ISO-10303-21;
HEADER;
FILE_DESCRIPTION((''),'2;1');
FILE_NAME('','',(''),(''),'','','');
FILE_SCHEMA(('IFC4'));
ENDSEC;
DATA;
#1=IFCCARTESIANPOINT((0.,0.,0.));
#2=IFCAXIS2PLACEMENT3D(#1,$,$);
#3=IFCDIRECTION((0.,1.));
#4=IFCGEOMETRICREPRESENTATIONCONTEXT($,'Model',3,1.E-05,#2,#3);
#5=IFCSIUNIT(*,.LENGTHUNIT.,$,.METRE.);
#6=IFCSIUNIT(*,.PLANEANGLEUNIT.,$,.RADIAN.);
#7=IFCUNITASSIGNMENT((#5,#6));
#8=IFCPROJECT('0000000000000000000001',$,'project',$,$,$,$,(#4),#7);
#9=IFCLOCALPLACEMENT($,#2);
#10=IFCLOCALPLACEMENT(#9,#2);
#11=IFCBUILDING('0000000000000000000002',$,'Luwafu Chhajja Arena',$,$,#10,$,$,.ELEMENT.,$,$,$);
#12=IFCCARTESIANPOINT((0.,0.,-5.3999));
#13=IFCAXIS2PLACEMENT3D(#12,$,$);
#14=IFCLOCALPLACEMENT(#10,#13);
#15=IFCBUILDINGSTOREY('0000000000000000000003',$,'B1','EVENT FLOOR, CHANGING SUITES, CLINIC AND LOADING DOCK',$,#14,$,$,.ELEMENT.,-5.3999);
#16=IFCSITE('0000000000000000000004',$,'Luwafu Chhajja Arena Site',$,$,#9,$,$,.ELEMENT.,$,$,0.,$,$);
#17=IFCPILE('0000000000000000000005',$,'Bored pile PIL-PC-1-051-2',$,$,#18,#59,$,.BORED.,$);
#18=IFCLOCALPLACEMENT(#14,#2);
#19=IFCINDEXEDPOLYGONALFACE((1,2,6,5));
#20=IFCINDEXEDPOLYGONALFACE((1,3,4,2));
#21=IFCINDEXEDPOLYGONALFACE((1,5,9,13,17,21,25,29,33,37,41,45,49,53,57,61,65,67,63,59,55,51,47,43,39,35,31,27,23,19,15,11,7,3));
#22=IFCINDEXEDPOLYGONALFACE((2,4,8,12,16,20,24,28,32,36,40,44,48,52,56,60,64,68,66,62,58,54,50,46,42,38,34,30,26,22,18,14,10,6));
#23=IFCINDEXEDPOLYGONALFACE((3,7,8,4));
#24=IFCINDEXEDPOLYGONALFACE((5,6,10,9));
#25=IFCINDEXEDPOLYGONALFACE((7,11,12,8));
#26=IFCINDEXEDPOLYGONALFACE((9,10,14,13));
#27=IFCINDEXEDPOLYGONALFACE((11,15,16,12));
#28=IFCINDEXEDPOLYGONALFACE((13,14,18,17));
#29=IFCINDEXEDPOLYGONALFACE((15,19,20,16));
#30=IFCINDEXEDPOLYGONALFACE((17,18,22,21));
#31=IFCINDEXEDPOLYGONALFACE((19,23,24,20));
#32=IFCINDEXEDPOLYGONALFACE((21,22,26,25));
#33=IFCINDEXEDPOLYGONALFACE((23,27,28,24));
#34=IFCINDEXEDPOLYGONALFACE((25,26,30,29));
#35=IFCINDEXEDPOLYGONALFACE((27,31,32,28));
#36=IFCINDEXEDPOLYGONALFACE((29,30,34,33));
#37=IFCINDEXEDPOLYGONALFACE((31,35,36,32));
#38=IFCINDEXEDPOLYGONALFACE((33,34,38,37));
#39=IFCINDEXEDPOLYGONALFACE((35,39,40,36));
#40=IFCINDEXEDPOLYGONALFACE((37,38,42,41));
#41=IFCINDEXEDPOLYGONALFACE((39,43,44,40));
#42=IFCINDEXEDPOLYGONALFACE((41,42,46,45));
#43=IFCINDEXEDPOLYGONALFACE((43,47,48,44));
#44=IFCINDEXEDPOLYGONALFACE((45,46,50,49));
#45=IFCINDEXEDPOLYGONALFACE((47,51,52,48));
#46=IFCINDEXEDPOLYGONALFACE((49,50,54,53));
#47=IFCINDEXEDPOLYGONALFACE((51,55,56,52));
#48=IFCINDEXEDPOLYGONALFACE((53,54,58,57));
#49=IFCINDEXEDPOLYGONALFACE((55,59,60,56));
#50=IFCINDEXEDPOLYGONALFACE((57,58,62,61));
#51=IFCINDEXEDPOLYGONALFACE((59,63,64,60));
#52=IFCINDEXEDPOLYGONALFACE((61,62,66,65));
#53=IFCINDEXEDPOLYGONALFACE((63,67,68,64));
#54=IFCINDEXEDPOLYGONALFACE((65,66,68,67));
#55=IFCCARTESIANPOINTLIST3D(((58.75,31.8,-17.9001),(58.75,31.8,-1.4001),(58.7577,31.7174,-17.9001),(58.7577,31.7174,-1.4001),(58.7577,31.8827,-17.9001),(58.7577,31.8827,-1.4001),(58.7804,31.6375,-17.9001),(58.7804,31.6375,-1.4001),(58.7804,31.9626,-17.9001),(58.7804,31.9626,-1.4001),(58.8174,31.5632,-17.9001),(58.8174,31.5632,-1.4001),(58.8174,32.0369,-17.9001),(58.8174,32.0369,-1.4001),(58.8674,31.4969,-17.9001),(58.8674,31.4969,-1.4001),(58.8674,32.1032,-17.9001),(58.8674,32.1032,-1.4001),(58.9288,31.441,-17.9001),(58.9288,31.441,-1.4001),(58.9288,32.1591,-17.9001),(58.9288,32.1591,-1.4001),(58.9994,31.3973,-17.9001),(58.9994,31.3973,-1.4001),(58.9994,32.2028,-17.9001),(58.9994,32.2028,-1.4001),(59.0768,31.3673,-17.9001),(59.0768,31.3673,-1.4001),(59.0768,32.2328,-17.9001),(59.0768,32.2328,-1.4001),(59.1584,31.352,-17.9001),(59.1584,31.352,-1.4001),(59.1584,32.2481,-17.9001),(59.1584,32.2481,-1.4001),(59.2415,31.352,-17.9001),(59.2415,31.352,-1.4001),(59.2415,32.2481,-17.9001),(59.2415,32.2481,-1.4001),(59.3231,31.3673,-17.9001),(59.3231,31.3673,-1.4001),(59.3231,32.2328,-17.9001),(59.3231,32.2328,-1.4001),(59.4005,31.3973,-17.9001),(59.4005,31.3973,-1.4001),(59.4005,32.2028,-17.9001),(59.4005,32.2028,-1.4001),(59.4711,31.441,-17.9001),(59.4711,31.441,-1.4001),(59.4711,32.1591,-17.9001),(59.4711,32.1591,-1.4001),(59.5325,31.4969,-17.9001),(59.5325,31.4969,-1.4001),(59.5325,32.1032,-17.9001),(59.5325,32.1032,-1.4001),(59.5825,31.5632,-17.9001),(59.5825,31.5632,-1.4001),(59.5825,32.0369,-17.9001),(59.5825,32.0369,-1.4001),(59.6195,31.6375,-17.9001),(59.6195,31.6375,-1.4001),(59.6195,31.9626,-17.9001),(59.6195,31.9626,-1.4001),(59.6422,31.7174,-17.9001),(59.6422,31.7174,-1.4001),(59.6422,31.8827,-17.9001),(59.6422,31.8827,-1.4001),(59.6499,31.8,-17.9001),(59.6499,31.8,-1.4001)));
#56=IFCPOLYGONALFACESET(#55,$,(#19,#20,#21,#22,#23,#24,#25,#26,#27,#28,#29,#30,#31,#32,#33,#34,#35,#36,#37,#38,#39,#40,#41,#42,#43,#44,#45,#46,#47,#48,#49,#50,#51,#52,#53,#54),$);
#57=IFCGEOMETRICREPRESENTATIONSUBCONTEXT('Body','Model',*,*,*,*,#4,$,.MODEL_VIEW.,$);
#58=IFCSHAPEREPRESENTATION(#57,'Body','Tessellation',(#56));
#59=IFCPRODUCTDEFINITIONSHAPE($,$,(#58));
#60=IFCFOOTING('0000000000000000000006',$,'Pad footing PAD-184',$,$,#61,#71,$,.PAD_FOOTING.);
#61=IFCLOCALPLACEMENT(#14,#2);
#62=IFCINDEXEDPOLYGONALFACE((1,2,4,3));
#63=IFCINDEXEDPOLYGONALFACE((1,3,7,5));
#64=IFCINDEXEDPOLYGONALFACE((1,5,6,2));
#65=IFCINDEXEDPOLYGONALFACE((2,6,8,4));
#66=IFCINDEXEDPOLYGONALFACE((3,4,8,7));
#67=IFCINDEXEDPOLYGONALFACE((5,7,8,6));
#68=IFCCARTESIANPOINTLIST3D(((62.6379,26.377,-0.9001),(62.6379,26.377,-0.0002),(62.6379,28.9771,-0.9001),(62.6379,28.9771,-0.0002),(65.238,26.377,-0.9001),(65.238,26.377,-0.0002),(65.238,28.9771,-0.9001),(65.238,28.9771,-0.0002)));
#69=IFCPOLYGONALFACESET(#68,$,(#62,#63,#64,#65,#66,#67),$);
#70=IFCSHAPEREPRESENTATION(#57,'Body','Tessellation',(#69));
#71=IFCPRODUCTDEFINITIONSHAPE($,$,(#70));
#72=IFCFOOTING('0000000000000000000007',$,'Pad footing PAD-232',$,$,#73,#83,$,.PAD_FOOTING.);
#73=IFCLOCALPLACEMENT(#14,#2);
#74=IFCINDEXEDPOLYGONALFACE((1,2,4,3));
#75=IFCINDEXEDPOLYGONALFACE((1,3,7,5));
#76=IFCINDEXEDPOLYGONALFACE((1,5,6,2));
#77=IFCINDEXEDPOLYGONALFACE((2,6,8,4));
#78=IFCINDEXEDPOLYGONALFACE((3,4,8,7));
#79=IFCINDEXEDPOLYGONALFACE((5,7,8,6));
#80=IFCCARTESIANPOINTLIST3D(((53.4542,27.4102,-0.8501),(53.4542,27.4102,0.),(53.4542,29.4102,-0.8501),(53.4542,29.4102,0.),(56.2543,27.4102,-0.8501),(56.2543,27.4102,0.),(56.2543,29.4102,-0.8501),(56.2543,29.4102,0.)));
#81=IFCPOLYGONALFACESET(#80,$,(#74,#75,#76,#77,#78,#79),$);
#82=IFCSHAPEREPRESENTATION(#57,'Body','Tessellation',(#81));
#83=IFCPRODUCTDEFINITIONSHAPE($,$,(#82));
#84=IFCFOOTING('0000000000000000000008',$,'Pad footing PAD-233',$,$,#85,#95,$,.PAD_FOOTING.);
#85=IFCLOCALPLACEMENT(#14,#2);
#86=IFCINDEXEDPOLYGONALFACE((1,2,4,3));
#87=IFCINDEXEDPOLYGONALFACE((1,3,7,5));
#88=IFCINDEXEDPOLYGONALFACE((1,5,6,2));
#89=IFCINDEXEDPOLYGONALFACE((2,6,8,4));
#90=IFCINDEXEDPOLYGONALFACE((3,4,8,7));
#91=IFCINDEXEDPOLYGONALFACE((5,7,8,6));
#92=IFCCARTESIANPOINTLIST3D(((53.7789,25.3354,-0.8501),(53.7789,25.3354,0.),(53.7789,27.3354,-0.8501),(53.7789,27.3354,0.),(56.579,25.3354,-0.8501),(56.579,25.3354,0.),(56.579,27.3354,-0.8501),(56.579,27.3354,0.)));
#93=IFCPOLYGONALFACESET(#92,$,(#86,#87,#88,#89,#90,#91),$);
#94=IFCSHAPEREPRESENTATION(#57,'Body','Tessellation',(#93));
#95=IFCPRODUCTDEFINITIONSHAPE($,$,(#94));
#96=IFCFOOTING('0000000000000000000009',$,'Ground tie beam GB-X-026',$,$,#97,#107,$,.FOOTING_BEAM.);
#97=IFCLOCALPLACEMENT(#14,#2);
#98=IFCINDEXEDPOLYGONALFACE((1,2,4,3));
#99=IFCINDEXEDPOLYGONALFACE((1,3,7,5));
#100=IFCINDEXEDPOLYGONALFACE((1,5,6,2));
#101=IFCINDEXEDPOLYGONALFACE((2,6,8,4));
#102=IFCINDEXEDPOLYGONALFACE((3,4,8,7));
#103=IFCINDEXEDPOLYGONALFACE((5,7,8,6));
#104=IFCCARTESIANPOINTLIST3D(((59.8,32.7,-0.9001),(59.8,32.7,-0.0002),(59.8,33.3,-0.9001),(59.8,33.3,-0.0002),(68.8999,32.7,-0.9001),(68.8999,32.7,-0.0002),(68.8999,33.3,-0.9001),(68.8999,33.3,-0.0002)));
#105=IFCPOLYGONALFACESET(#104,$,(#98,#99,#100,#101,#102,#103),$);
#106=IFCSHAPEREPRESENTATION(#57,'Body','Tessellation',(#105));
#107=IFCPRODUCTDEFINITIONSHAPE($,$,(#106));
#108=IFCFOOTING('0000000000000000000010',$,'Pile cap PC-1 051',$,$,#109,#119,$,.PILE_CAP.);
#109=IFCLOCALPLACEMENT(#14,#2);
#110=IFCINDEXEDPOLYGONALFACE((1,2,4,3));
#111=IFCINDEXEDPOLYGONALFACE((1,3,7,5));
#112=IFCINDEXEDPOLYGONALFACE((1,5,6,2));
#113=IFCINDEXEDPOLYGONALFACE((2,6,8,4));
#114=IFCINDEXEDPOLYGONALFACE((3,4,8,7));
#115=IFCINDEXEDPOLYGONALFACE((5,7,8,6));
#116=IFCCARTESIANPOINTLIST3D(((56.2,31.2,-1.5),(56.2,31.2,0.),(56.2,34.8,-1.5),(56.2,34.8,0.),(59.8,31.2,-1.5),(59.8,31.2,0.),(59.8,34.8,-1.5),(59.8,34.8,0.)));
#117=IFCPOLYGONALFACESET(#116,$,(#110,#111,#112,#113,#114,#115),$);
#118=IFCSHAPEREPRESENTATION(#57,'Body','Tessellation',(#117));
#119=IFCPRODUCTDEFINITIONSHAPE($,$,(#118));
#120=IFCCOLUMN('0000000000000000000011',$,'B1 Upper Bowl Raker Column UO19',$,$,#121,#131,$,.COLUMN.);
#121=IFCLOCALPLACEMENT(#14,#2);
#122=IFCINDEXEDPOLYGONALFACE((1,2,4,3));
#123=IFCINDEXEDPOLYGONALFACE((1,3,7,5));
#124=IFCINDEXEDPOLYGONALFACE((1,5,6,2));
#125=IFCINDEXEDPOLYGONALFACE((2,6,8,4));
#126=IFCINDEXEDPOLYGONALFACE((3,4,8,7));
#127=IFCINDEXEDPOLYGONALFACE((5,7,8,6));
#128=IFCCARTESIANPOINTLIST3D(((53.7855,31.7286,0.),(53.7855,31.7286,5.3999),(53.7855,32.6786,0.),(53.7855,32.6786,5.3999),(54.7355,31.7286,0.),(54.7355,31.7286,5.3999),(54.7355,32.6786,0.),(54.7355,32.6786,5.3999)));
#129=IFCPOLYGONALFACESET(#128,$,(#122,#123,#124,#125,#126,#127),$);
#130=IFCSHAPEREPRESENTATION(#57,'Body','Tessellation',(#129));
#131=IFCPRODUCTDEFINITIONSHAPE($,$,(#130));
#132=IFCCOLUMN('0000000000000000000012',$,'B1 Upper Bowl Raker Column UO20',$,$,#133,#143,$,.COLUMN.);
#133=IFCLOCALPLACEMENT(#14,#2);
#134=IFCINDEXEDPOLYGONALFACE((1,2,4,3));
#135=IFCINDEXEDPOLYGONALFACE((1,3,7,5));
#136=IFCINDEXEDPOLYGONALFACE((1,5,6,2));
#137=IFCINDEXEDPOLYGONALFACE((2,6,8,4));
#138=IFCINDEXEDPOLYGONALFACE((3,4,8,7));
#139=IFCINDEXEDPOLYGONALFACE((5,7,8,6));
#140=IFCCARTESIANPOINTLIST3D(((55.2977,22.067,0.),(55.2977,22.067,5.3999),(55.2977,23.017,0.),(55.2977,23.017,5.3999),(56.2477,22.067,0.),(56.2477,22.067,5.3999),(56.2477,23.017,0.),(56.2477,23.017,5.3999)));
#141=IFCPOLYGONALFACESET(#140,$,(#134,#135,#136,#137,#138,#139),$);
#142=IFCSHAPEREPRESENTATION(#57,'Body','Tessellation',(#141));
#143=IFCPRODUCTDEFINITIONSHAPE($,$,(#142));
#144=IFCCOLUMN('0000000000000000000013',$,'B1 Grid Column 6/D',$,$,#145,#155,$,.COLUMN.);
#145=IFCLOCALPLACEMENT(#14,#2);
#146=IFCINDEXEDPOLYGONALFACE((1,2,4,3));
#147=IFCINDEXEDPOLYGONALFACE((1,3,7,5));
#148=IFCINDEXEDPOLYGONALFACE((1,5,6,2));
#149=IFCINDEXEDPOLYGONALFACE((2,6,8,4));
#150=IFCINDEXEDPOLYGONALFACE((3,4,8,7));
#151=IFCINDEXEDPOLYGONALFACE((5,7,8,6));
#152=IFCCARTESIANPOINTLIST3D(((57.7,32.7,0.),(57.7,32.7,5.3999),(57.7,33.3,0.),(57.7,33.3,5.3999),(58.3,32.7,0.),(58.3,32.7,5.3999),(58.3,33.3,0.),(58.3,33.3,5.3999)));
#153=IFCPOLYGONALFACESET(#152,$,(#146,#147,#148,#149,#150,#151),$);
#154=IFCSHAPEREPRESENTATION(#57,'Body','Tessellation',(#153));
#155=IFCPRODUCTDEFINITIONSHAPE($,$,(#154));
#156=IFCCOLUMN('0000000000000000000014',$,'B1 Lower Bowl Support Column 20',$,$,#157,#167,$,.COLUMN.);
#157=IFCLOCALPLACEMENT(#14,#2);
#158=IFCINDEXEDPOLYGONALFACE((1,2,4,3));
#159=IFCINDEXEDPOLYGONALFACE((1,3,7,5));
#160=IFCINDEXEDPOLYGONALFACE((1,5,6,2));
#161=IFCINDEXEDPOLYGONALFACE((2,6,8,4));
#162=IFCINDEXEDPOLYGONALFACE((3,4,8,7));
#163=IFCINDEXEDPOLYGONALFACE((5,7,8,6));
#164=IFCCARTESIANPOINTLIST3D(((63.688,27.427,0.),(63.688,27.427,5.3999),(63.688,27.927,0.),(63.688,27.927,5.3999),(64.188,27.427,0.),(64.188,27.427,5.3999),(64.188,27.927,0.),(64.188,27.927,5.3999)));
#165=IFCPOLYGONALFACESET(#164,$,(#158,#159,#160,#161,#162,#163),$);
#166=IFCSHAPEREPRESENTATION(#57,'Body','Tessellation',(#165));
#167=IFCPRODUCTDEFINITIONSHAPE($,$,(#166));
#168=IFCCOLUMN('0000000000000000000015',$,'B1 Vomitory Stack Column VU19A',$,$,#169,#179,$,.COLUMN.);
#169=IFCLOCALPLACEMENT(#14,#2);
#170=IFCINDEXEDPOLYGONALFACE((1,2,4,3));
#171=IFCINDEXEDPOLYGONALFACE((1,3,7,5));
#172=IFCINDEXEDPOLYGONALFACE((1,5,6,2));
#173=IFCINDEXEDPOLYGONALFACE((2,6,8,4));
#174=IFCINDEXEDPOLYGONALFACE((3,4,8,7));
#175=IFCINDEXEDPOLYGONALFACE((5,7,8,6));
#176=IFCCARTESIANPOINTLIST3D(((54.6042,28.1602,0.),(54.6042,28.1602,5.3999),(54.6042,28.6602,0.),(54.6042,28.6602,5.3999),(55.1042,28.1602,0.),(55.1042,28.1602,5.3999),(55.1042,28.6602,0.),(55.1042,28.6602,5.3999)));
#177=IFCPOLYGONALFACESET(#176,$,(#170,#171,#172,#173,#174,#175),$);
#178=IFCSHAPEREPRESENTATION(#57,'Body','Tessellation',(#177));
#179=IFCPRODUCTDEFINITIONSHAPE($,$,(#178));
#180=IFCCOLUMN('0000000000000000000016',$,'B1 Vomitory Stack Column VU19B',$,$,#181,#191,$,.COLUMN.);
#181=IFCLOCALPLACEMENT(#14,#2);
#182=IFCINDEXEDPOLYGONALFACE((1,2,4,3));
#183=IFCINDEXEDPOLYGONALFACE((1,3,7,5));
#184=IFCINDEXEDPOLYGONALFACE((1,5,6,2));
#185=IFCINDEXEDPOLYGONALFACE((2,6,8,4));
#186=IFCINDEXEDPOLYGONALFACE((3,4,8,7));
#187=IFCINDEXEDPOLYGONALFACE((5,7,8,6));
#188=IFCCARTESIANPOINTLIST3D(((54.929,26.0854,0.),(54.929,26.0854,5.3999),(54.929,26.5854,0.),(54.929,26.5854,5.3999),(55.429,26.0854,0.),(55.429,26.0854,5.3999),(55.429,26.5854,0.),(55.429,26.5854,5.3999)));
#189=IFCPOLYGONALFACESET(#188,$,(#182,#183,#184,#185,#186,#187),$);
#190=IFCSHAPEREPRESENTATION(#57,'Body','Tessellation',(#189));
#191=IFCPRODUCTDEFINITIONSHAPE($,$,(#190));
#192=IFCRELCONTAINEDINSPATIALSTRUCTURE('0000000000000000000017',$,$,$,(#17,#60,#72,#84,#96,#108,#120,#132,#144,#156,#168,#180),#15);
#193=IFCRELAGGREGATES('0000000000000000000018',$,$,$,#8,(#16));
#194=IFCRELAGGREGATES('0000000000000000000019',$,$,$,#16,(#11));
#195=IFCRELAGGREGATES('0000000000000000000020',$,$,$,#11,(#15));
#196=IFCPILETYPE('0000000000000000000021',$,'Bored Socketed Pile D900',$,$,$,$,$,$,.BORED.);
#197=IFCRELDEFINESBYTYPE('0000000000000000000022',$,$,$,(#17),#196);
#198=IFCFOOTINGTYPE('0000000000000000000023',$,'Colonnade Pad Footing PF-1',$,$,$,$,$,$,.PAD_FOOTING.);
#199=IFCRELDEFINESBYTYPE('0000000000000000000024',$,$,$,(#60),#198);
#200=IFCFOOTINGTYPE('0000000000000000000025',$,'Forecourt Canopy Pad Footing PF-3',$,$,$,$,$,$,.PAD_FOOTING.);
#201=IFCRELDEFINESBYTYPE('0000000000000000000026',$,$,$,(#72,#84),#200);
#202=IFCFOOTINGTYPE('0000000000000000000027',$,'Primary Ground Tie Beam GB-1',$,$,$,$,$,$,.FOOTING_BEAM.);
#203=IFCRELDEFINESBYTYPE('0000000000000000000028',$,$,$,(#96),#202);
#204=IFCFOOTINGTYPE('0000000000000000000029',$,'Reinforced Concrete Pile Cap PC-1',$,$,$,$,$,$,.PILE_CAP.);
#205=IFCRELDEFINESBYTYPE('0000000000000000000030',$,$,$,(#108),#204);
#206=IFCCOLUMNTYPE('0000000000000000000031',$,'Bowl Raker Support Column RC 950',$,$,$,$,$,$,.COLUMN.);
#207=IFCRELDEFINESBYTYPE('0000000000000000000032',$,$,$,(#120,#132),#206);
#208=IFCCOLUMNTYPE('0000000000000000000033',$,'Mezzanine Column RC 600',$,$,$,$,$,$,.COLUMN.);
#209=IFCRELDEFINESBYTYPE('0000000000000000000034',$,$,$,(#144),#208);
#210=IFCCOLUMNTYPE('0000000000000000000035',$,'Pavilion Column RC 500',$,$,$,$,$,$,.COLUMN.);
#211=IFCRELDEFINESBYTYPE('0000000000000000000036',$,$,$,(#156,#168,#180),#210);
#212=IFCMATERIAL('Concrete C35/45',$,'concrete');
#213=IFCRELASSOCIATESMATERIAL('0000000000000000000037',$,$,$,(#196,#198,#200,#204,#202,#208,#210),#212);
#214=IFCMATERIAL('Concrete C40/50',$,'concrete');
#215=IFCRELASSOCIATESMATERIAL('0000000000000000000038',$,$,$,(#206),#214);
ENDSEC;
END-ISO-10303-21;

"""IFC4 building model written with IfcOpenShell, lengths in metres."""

from ifc_helpers import new_model, si_unit, direction, frame, origin, origin_2d, place, context, subcontext, project, spatial, rectangle, circle, extrude, material, material_profile, profile_set, type_object, element, save


model = new_model("IFC4")

# Units and contexts
model_context = context("Model", 3, precision=1e-05, world=origin(), true_north=direction((0.0, 1.0)))
body_context = subcontext(model_context, "Body", "Model", "MODEL_VIEW")
ifc_project = project(units=[si_unit("LENGTHUNIT", "METRE"), si_unit("PLANEANGLEUNIT", "RADIAN")], contexts=[model_context])

# Site, building, storey
site_placement = place(None, origin())
site = spatial("IfcSite", under=ifc_project, at=site_placement, Name="Luwafu Chhajja Arena Site", CompositionType="ELEMENT", RefElevation=0.0)
building_placement = place(site_placement, origin())
building = spatial("IfcBuilding", under=site, at=building_placement, Name="Luwafu Chhajja Arena", CompositionType="ELEMENT")
storey_placement = place(building_placement, frame((0.0, 0.0, -5.3999)))
storey = spatial("IfcBuildingStorey", under=building, at=storey_placement, Name="B1", Description="EVENT FLOOR, CHANGING SUITES, CLINIC AND LOADING DOCK", CompositionType="ELEMENT", Elevation=-5.3999)

# Pile
ifc_material_1 = material(Name="Concrete C35/45", Category="concrete")
ifc_material_profile_1 = material_profile(ifc_material_1, circle(Radius=0.45, at=origin_2d()), Name="PILE D900")
ifc_profile_set_1 = profile_set([ifc_material_profile_1], Name="Concrete C35/45")
pile_type = type_object("IfcPileType", Name="Bored Socketed Pile D900", PredefinedType="BORED", material=ifc_profile_set_1)
for number, where, z_axis, x_axis, name in (
    (1, (59.2, 31.8, -1.4001), (0.0, 0.0, -1.0), (1.0, 0.0, 0.0), "Bored pile PIL-PC-1-051-2"),
):
    element("IfcPile", number, at=place(storey_placement, frame(where, z_axis=z_axis, x_axis=x_axis)), inside=storey, type_object=pile_type, Name=name, PredefinedType="BORED", context=body_context, shape_type="SweptSolid", body=[
        extrude(circle(Radius=0.45, at=origin_2d()), origin(), (0.0, 0.0, 1.0), 16.5),
    ])

# Footings
footing_type_1 = type_object("IfcFootingType", Name="Colonnade Pad Footing PF-1", PredefinedType="PAD_FOOTING", material=ifc_material_1)
footing_1_placement = place(storey_placement, frame((63.938, 27.677, -0.9001), z_axis=(0.0, 0.0, 1.0), x_axis=(1.0, 0.0, 0.0)))
element("IfcFooting", 2, at=footing_1_placement, inside=storey, type_object=footing_type_1, Name="Pad footing PAD-184", PredefinedType="PAD_FOOTING", context=body_context, shape_type="SweptSolid", body=[
    extrude(rectangle(XDim=2.6001, YDim=2.6001, at=origin_2d()), origin(), (0.0, 0.0, 1.0), 0.8999),
])
footing_type_2 = type_object("IfcFootingType", Name="Forecourt Canopy Pad Footing PF-3", PredefinedType="PAD_FOOTING", material=ifc_material_1)
for number, where, z_axis, x_axis, name in (
    (3, (54.8542, 28.4102, -0.8501), (0.0, 0.0, 1.0), (1.0, 0.0, 0.0), "Pad footing PAD-232"),
    (4, (55.179, 26.3354, -0.8501), (0.0, 0.0, 1.0), (1.0, 0.0, 0.0), "Pad footing PAD-233"),
):
    element("IfcFooting", number, at=place(storey_placement, frame(where, z_axis=z_axis, x_axis=x_axis)), inside=storey, type_object=footing_type_2, Name=name, PredefinedType="PAD_FOOTING", context=body_context, shape_type="SweptSolid", body=[
        extrude(rectangle(XDim=2.8, YDim=2.0, at=origin_2d()), origin(), (0.0, 0.0, 1.0), 0.8501),
    ])
ifc_material_profile_2 = material_profile(ifc_material_1, rectangle(XDim=0.6001, YDim=0.8999, at=origin_2d()), Name="RC 600x900")
ifc_profile_set_2 = profile_set([ifc_material_profile_2], Name="Concrete C35/45")
footing_type_3 = type_object("IfcFootingType", Name="Primary Ground Tie Beam GB-1", PredefinedType="FOOTING_BEAM", material=ifc_profile_set_2)
footing_2_placement = place(storey_placement, frame((59.8, 33.0, -0.4502), z_axis=(1.0, 0.0, 0.0), x_axis=(0.0, 1.0, 0.0)))
element("IfcFooting", 5, at=footing_2_placement, inside=storey, type_object=footing_type_3, Name="Ground tie beam GB-X-026", PredefinedType="FOOTING_BEAM", context=body_context, shape_type="SweptSolid", body=[
    extrude(rectangle(XDim=0.6001, YDim=0.8999, at=origin_2d()), origin(), (0.0, 0.0, 1.0), 9.0999),
])
footing_type_4 = type_object("IfcFootingType", Name="Reinforced Concrete Pile Cap PC-1", PredefinedType="PILE_CAP", material=ifc_material_1)
footing_3_placement = place(storey_placement, frame((58.0, 33.0, -1.5), z_axis=(0.0, 0.0, 1.0), x_axis=(1.0, 0.0, 0.0)))
element("IfcFooting", 6, at=footing_3_placement, inside=storey, type_object=footing_type_4, Name="Pile cap PC-1 051", PredefinedType="PILE_CAP", context=body_context, shape_type="SweptSolid", body=[
    extrude(rectangle(XDim=3.6001, YDim=3.6001, at=origin_2d()), origin(), (0.0, 0.0, 1.0), 1.5),
])

# Columns
ifc_material_2 = material(Name="Concrete C40/50", Category="concrete")
ifc_material_profile_3 = material_profile(ifc_material_2, rectangle(XDim=0.95, YDim=0.95, at=origin_2d()), Name="RC 950x950")
ifc_profile_set_3 = profile_set([ifc_material_profile_3], Name="Concrete C40/50")
column_type_1 = type_object("IfcColumnType", Name="Bowl Raker Support Column RC 950", PredefinedType="COLUMN", material=ifc_profile_set_3)
for number, where, z_axis, x_axis, name in (
    (7, (54.2605, 32.2036, 0.0), (0.0, 0.0, 1.0), (1.0, 0.0, 0.0), "B1 Upper Bowl Raker Column UO19"),
    (8, (55.7727, 22.542, 0.0), (0.0, 0.0, 1.0), (1.0, 0.0, 0.0), "B1 Upper Bowl Raker Column UO20"),
):
    element("IfcColumn", number, at=place(storey_placement, frame(where, z_axis=z_axis, x_axis=x_axis)), inside=storey, type_object=column_type_1, Name=name, PredefinedType="COLUMN", context=body_context, shape_type="SweptSolid", body=[
        extrude(rectangle(XDim=0.95, YDim=0.95, at=origin_2d()), origin(), (0.0, 0.0, 1.0), 5.3999),
    ])
ifc_material_profile_4 = material_profile(ifc_material_1, rectangle(XDim=0.6001, YDim=0.6001, at=origin_2d()), Name="RC 600x600")
ifc_profile_set_4 = profile_set([ifc_material_profile_4], Name="Concrete C35/45")
column_type_2 = type_object("IfcColumnType", Name="Mezzanine Column RC 600", PredefinedType="COLUMN", material=ifc_profile_set_4)
column_placement = place(storey_placement, frame((58.0, 33.0, 0.0), z_axis=(0.0, 0.0, 1.0), x_axis=(1.0, 0.0, 0.0)))
element("IfcColumn", 9, at=column_placement, inside=storey, type_object=column_type_2, Name="B1 Grid Column 6/D", PredefinedType="COLUMN", context=body_context, shape_type="SweptSolid", body=[
    extrude(rectangle(XDim=0.6001, YDim=0.6001, at=origin_2d()), origin(), (0.0, 0.0, 1.0), 5.3999),
])
ifc_material_profile_5 = material_profile(ifc_material_1, rectangle(XDim=0.5, YDim=0.5, at=origin_2d()), Name="RC 500x500")
ifc_profile_set_5 = profile_set([ifc_material_profile_5], Name="Concrete C35/45")
column_type_3 = type_object("IfcColumnType", Name="Pavilion Column RC 500", PredefinedType="COLUMN", material=ifc_profile_set_5)
for number, where, z_axis, x_axis, name in (
    (10, (63.938, 27.677, 0.0), (0.0, 0.0, 1.0), (1.0, 0.0, 0.0), "B1 Lower Bowl Support Column 20"),
    (11, (54.8542, 28.4102, 0.0), (0.0, 0.0, 1.0), (1.0, 0.0, 0.0), "B1 Vomitory Stack Column VU19A"),
    (12, (55.179, 26.3354, 0.0), (0.0, 0.0, 1.0), (1.0, 0.0, 0.0), "B1 Vomitory Stack Column VU19B"),
):
    element("IfcColumn", number, at=place(storey_placement, frame(where, z_axis=z_axis, x_axis=x_axis)), inside=storey, type_object=column_type_3, Name=name, PredefinedType="COLUMN", context=body_context, shape_type="SweptSolid", body=[
        extrude(rectangle(XDim=0.5, YDim=0.5, at=origin_2d()), origin(), (0.0, 0.0, 1.0), 5.3999),
    ])

save(model, "model.ifc")
